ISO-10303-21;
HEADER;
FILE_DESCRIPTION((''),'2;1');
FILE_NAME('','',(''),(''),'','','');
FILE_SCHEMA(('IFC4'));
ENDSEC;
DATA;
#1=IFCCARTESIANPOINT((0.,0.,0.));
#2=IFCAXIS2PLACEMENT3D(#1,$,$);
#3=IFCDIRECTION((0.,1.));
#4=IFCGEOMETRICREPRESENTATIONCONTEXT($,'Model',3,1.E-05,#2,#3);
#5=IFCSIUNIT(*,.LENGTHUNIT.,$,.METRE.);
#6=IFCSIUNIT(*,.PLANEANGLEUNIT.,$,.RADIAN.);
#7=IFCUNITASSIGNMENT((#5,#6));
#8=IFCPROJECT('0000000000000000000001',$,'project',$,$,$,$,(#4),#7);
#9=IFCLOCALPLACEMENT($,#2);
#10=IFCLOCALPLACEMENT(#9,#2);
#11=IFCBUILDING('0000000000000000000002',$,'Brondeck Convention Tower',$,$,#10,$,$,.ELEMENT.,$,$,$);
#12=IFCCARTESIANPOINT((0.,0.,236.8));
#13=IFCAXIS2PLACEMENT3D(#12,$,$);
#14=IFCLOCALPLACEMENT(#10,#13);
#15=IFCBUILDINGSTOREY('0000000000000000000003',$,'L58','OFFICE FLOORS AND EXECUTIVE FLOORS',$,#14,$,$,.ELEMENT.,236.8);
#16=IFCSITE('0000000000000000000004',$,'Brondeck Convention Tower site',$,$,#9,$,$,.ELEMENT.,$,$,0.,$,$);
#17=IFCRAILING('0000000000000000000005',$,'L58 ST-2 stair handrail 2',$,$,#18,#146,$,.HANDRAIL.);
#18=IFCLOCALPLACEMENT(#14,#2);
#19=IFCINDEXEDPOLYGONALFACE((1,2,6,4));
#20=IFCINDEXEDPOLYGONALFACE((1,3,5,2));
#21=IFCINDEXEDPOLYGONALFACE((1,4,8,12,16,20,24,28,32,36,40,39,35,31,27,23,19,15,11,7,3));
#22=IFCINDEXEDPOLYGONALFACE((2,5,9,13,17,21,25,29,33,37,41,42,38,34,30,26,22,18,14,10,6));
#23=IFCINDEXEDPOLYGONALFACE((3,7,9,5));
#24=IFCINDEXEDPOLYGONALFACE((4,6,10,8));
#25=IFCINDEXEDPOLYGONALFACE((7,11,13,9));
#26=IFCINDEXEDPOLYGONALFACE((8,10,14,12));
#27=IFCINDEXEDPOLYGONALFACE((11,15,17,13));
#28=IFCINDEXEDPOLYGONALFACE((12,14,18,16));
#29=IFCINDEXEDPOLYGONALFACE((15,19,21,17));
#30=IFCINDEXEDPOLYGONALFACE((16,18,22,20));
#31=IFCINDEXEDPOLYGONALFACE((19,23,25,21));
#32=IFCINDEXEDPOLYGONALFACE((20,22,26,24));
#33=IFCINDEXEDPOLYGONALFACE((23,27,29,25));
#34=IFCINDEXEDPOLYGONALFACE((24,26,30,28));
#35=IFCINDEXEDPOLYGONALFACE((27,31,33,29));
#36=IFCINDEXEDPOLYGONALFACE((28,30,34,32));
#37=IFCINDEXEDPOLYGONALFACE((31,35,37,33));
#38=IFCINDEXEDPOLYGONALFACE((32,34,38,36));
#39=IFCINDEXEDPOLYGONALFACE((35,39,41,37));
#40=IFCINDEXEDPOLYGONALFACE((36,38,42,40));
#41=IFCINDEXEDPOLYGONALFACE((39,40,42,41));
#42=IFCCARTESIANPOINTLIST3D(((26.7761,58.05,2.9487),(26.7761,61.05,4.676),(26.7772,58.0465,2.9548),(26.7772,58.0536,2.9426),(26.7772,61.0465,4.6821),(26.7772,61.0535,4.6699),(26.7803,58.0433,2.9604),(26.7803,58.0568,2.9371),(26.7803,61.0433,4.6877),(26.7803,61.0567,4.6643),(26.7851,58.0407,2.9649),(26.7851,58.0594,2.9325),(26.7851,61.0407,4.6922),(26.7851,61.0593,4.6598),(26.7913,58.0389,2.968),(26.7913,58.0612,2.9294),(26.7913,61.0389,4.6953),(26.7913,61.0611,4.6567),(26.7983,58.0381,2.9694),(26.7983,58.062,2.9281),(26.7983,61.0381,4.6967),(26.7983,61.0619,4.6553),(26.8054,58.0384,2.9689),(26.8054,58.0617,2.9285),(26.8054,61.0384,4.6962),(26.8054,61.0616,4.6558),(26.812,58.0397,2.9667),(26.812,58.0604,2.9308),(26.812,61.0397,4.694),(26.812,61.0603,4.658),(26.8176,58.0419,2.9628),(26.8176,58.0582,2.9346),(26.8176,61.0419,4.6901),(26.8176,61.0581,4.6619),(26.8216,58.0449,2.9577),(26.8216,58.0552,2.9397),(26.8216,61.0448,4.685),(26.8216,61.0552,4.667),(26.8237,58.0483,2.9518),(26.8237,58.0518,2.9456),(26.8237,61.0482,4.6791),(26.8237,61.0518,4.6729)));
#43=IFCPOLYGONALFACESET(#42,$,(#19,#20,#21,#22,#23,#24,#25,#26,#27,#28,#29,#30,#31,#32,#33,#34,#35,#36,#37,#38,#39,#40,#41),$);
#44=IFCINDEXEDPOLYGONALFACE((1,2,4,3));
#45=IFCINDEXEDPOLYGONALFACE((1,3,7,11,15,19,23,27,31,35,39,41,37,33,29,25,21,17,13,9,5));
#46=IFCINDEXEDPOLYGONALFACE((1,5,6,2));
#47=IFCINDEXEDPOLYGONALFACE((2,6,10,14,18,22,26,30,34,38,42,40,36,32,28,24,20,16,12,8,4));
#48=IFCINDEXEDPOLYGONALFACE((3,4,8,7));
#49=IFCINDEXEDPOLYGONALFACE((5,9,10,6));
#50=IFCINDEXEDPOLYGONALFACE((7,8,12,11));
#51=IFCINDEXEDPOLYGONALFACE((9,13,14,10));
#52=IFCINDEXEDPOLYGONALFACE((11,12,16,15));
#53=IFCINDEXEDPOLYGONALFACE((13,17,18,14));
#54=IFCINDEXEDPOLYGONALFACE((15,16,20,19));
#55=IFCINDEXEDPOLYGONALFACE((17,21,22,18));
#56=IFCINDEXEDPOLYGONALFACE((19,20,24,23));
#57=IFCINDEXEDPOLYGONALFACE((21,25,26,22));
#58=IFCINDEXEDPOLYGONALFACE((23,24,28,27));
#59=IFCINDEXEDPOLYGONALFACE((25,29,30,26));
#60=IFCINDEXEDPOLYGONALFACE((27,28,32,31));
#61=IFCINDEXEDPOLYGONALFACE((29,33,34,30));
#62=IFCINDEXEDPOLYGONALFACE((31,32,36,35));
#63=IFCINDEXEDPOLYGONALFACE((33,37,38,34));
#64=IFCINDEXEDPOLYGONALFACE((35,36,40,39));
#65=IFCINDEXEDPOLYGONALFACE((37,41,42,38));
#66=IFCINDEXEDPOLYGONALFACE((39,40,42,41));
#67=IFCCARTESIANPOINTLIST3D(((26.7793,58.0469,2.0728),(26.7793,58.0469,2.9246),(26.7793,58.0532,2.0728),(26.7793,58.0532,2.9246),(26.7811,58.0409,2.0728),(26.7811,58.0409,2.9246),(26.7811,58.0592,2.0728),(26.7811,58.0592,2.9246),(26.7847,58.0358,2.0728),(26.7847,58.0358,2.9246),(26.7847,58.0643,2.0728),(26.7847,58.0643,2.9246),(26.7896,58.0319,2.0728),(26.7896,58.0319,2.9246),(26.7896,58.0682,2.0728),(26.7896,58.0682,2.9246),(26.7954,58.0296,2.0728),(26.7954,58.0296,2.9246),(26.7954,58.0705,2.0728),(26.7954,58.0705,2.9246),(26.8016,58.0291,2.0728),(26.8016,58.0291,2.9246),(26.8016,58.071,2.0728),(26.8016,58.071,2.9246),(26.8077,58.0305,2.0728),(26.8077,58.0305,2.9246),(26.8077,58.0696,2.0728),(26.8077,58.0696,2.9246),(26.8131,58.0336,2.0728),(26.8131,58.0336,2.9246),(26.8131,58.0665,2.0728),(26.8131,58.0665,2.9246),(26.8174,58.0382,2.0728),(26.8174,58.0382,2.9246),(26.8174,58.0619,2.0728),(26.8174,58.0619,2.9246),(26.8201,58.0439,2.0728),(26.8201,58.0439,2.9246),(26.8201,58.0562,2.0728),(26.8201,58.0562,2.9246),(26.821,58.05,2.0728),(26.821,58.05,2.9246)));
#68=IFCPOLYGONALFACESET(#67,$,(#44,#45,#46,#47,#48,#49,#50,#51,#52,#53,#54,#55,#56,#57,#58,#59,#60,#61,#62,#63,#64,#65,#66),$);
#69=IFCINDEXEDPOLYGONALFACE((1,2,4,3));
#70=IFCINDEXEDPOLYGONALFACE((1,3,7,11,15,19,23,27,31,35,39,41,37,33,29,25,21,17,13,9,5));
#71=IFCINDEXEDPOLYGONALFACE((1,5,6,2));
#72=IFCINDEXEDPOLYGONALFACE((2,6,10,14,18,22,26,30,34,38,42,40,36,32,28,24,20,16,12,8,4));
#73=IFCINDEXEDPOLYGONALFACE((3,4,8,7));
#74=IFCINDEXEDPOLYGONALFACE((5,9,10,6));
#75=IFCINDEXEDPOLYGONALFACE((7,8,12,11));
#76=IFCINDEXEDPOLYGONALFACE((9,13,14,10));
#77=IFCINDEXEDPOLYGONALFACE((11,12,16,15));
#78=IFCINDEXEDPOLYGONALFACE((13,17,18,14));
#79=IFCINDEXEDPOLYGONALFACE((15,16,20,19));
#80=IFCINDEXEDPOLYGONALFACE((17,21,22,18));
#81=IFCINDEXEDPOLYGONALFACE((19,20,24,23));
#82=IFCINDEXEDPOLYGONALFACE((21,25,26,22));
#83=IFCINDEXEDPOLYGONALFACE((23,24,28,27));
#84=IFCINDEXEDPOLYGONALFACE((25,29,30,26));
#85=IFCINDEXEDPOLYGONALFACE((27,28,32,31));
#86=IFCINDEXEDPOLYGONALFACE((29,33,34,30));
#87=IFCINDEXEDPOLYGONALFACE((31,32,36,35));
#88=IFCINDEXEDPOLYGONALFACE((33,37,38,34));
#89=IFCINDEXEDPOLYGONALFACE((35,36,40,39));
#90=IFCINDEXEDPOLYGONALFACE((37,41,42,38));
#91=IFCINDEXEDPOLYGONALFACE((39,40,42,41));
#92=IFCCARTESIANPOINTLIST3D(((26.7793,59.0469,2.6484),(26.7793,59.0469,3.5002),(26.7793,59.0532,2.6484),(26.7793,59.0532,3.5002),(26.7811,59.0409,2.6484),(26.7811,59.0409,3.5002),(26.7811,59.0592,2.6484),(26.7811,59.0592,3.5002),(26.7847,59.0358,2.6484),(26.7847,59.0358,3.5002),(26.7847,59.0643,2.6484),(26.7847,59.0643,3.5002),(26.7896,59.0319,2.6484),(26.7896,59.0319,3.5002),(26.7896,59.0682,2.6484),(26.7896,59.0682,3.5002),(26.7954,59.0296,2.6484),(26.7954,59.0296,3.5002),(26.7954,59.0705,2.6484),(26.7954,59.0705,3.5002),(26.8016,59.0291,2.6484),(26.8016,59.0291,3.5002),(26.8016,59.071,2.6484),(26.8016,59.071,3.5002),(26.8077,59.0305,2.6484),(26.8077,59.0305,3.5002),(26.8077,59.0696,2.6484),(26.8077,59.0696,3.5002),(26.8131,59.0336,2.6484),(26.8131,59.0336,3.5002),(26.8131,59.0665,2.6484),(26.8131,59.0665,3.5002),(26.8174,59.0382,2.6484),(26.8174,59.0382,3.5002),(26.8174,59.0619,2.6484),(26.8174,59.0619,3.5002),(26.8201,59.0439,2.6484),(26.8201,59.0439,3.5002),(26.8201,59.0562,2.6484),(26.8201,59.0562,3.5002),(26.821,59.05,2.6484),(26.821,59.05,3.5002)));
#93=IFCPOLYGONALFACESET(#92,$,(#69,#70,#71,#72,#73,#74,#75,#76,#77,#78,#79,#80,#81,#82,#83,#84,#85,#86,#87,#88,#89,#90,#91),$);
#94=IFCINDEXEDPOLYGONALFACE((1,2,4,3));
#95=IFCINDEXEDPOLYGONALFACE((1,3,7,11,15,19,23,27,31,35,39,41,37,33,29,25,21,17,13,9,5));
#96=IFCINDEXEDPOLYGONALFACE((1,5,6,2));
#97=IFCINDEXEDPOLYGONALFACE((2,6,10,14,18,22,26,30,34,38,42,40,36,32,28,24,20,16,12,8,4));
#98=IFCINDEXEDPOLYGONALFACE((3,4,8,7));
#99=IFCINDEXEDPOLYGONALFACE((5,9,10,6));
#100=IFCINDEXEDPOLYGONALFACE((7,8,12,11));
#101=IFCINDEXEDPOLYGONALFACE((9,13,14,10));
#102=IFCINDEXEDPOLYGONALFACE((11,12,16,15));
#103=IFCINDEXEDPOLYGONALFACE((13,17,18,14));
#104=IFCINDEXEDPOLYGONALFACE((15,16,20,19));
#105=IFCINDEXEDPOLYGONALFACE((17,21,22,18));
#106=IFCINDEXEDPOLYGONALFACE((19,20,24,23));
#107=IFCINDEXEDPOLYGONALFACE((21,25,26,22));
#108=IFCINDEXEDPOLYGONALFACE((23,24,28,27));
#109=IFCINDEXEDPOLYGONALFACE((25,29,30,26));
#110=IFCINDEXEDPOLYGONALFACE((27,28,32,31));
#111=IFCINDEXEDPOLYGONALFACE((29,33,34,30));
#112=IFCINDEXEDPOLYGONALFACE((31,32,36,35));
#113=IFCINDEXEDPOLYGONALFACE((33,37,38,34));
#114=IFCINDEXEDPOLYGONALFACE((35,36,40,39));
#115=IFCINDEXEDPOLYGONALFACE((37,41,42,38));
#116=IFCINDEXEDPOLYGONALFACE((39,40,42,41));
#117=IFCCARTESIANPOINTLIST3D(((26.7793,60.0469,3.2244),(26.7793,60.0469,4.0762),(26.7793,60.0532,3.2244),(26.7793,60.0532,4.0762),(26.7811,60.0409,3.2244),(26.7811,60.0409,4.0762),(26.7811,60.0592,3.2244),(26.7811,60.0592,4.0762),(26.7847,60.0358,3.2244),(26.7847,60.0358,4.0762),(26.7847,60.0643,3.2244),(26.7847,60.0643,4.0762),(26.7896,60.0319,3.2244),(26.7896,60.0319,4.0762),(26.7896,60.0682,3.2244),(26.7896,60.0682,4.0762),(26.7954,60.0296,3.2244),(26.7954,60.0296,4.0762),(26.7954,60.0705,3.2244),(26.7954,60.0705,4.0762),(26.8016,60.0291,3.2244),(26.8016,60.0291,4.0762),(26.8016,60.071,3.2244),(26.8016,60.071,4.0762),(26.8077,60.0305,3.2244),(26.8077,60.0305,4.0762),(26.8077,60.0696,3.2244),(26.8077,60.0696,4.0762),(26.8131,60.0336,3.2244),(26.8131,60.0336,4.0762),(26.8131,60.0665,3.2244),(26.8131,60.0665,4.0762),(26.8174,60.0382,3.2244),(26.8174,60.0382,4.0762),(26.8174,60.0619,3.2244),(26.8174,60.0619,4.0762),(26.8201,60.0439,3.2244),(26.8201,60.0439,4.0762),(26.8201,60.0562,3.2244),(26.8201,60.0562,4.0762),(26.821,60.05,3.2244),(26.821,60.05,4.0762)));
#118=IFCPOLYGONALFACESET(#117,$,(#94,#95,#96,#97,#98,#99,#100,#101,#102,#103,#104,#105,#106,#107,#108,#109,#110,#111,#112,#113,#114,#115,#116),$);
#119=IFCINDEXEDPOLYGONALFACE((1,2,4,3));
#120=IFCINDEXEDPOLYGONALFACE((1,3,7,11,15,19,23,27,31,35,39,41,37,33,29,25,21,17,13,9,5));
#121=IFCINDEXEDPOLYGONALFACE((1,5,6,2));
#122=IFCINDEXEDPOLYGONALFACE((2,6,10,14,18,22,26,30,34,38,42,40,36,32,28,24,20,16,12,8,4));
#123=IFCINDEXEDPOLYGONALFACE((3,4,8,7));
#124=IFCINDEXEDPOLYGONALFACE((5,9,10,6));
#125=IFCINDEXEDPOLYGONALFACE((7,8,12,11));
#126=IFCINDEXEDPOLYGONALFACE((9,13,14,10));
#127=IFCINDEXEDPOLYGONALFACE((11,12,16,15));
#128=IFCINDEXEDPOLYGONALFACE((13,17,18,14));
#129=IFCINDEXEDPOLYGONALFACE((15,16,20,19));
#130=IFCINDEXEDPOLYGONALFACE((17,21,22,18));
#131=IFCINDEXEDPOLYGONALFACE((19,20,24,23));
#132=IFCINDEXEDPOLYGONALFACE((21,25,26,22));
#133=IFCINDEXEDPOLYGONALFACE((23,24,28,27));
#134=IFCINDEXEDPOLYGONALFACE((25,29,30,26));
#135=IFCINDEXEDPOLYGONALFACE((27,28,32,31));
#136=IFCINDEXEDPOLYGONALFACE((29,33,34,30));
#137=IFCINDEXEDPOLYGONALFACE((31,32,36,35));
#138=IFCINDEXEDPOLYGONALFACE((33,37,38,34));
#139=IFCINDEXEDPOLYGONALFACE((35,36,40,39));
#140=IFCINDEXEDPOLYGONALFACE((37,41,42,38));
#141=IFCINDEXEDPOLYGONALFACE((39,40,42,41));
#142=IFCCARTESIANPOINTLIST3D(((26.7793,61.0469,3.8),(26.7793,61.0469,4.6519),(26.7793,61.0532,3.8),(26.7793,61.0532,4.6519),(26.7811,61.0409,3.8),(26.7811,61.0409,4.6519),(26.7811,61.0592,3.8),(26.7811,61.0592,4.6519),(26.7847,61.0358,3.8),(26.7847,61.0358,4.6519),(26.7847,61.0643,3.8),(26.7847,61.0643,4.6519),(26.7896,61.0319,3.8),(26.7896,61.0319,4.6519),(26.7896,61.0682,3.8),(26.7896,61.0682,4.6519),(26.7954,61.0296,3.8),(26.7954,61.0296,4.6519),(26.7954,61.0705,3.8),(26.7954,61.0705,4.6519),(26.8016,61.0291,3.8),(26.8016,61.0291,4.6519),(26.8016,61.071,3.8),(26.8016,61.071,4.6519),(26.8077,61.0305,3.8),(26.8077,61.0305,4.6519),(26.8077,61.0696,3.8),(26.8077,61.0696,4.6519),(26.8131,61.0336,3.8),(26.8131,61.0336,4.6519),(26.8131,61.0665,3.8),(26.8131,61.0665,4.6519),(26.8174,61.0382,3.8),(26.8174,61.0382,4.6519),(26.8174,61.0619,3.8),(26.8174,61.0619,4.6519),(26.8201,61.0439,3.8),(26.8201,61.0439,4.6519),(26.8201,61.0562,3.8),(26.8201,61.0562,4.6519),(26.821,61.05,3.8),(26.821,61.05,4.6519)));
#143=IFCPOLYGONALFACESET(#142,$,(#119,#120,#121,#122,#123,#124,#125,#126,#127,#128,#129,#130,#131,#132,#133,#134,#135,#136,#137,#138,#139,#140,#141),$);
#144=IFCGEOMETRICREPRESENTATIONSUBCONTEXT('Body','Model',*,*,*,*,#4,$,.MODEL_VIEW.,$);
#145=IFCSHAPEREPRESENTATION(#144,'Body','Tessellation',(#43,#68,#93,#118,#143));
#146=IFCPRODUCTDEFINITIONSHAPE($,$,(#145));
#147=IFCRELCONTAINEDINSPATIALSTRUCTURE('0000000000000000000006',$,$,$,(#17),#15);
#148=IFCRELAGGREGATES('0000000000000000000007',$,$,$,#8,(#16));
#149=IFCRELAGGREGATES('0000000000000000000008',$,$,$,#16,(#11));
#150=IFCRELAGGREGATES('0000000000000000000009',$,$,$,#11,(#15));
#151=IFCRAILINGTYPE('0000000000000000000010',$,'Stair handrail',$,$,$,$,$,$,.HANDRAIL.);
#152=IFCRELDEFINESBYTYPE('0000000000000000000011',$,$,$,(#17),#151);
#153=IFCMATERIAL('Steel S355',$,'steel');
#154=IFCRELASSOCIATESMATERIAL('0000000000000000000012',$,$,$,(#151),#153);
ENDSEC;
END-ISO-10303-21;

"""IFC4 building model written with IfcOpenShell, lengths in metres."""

from ifc_helpers import new_model, si_unit, direction, frame, origin, origin_2d, place, context, subcontext, project, spatial, circle, extrude, material, type_object, element, save


model = new_model("IFC4")

# Units and contexts
model_context = context("Model", 3, precision=1e-05, world=origin(), true_north=direction((0.0, 1.0)))
body_context = subcontext(model_context, "Body", "Model", "MODEL_VIEW")
ifc_project = project(units=[si_unit("LENGTHUNIT", "METRE"), si_unit("PLANEANGLEUNIT", "RADIAN")], contexts=[model_context])

# Site, building, storey
site_placement = place(None, origin())
site = spatial("IfcSite", under=ifc_project, at=site_placement, Name="Brondeck Convention Tower site", CompositionType="ELEMENT", RefElevation=0.0)
building_placement = place(site_placement, origin())
building = spatial("IfcBuilding", under=site, at=building_placement, Name="Brondeck Convention Tower", CompositionType="ELEMENT")
storey_placement = place(building_placement, frame((0.0, 0.0, 236.8)))
storey = spatial("IfcBuildingStorey", under=building, at=storey_placement, Name="L58", Description="OFFICE FLOORS AND EXECUTIVE FLOORS", CompositionType="ELEMENT", Elevation=236.8)

# Railing
ifc_material_1 = material(Name="Steel S355", Category="steel")
railing_type_1 = type_object("IfcRailingType", Name="Stair handrail", PredefinedType="HANDRAIL", material=ifc_material_1)
railing_1_placement = place(storey_placement, frame((26.8, 58.05, 2.0728)))
element("IfcRailing", 1, at=railing_1_placement, inside=storey, type_object=railing_type_1, Name="L58 ST-2 stair handrail 2", PredefinedType="HANDRAIL", context=body_context, shape_type="SweptSolid", body=[
    extrude(circle(Radius=0.0239, at=origin_2d()), frame((0.0, 0.0, 0.876), z_axis=(0.0, 0.86662, 0.498969), x_axis=(-1.0, 0.0, 0.0)), (0.0, 0.0, 1.0), 3.4617),
    extrude(circle(Radius=0.021, at=origin_2d()), origin(), (0.0, 0.0, 1.0), 0.8518),
    extrude(circle(Radius=0.021, at=origin_2d()), frame((0.0, 1.0, 0.5757)), (0.0, 0.0, 1.0), 0.8518),
    extrude(circle(Radius=0.021, at=origin_2d()), frame((0.0, 2.0, 1.1516)), (0.0, 0.0, 1.0), 0.8518),
    extrude(circle(Radius=0.021, at=origin_2d()), frame((0.0, 3.0, 1.7273)), (0.0, 0.0, 1.0), 0.8518),
])

save(model, "model.ifc")
